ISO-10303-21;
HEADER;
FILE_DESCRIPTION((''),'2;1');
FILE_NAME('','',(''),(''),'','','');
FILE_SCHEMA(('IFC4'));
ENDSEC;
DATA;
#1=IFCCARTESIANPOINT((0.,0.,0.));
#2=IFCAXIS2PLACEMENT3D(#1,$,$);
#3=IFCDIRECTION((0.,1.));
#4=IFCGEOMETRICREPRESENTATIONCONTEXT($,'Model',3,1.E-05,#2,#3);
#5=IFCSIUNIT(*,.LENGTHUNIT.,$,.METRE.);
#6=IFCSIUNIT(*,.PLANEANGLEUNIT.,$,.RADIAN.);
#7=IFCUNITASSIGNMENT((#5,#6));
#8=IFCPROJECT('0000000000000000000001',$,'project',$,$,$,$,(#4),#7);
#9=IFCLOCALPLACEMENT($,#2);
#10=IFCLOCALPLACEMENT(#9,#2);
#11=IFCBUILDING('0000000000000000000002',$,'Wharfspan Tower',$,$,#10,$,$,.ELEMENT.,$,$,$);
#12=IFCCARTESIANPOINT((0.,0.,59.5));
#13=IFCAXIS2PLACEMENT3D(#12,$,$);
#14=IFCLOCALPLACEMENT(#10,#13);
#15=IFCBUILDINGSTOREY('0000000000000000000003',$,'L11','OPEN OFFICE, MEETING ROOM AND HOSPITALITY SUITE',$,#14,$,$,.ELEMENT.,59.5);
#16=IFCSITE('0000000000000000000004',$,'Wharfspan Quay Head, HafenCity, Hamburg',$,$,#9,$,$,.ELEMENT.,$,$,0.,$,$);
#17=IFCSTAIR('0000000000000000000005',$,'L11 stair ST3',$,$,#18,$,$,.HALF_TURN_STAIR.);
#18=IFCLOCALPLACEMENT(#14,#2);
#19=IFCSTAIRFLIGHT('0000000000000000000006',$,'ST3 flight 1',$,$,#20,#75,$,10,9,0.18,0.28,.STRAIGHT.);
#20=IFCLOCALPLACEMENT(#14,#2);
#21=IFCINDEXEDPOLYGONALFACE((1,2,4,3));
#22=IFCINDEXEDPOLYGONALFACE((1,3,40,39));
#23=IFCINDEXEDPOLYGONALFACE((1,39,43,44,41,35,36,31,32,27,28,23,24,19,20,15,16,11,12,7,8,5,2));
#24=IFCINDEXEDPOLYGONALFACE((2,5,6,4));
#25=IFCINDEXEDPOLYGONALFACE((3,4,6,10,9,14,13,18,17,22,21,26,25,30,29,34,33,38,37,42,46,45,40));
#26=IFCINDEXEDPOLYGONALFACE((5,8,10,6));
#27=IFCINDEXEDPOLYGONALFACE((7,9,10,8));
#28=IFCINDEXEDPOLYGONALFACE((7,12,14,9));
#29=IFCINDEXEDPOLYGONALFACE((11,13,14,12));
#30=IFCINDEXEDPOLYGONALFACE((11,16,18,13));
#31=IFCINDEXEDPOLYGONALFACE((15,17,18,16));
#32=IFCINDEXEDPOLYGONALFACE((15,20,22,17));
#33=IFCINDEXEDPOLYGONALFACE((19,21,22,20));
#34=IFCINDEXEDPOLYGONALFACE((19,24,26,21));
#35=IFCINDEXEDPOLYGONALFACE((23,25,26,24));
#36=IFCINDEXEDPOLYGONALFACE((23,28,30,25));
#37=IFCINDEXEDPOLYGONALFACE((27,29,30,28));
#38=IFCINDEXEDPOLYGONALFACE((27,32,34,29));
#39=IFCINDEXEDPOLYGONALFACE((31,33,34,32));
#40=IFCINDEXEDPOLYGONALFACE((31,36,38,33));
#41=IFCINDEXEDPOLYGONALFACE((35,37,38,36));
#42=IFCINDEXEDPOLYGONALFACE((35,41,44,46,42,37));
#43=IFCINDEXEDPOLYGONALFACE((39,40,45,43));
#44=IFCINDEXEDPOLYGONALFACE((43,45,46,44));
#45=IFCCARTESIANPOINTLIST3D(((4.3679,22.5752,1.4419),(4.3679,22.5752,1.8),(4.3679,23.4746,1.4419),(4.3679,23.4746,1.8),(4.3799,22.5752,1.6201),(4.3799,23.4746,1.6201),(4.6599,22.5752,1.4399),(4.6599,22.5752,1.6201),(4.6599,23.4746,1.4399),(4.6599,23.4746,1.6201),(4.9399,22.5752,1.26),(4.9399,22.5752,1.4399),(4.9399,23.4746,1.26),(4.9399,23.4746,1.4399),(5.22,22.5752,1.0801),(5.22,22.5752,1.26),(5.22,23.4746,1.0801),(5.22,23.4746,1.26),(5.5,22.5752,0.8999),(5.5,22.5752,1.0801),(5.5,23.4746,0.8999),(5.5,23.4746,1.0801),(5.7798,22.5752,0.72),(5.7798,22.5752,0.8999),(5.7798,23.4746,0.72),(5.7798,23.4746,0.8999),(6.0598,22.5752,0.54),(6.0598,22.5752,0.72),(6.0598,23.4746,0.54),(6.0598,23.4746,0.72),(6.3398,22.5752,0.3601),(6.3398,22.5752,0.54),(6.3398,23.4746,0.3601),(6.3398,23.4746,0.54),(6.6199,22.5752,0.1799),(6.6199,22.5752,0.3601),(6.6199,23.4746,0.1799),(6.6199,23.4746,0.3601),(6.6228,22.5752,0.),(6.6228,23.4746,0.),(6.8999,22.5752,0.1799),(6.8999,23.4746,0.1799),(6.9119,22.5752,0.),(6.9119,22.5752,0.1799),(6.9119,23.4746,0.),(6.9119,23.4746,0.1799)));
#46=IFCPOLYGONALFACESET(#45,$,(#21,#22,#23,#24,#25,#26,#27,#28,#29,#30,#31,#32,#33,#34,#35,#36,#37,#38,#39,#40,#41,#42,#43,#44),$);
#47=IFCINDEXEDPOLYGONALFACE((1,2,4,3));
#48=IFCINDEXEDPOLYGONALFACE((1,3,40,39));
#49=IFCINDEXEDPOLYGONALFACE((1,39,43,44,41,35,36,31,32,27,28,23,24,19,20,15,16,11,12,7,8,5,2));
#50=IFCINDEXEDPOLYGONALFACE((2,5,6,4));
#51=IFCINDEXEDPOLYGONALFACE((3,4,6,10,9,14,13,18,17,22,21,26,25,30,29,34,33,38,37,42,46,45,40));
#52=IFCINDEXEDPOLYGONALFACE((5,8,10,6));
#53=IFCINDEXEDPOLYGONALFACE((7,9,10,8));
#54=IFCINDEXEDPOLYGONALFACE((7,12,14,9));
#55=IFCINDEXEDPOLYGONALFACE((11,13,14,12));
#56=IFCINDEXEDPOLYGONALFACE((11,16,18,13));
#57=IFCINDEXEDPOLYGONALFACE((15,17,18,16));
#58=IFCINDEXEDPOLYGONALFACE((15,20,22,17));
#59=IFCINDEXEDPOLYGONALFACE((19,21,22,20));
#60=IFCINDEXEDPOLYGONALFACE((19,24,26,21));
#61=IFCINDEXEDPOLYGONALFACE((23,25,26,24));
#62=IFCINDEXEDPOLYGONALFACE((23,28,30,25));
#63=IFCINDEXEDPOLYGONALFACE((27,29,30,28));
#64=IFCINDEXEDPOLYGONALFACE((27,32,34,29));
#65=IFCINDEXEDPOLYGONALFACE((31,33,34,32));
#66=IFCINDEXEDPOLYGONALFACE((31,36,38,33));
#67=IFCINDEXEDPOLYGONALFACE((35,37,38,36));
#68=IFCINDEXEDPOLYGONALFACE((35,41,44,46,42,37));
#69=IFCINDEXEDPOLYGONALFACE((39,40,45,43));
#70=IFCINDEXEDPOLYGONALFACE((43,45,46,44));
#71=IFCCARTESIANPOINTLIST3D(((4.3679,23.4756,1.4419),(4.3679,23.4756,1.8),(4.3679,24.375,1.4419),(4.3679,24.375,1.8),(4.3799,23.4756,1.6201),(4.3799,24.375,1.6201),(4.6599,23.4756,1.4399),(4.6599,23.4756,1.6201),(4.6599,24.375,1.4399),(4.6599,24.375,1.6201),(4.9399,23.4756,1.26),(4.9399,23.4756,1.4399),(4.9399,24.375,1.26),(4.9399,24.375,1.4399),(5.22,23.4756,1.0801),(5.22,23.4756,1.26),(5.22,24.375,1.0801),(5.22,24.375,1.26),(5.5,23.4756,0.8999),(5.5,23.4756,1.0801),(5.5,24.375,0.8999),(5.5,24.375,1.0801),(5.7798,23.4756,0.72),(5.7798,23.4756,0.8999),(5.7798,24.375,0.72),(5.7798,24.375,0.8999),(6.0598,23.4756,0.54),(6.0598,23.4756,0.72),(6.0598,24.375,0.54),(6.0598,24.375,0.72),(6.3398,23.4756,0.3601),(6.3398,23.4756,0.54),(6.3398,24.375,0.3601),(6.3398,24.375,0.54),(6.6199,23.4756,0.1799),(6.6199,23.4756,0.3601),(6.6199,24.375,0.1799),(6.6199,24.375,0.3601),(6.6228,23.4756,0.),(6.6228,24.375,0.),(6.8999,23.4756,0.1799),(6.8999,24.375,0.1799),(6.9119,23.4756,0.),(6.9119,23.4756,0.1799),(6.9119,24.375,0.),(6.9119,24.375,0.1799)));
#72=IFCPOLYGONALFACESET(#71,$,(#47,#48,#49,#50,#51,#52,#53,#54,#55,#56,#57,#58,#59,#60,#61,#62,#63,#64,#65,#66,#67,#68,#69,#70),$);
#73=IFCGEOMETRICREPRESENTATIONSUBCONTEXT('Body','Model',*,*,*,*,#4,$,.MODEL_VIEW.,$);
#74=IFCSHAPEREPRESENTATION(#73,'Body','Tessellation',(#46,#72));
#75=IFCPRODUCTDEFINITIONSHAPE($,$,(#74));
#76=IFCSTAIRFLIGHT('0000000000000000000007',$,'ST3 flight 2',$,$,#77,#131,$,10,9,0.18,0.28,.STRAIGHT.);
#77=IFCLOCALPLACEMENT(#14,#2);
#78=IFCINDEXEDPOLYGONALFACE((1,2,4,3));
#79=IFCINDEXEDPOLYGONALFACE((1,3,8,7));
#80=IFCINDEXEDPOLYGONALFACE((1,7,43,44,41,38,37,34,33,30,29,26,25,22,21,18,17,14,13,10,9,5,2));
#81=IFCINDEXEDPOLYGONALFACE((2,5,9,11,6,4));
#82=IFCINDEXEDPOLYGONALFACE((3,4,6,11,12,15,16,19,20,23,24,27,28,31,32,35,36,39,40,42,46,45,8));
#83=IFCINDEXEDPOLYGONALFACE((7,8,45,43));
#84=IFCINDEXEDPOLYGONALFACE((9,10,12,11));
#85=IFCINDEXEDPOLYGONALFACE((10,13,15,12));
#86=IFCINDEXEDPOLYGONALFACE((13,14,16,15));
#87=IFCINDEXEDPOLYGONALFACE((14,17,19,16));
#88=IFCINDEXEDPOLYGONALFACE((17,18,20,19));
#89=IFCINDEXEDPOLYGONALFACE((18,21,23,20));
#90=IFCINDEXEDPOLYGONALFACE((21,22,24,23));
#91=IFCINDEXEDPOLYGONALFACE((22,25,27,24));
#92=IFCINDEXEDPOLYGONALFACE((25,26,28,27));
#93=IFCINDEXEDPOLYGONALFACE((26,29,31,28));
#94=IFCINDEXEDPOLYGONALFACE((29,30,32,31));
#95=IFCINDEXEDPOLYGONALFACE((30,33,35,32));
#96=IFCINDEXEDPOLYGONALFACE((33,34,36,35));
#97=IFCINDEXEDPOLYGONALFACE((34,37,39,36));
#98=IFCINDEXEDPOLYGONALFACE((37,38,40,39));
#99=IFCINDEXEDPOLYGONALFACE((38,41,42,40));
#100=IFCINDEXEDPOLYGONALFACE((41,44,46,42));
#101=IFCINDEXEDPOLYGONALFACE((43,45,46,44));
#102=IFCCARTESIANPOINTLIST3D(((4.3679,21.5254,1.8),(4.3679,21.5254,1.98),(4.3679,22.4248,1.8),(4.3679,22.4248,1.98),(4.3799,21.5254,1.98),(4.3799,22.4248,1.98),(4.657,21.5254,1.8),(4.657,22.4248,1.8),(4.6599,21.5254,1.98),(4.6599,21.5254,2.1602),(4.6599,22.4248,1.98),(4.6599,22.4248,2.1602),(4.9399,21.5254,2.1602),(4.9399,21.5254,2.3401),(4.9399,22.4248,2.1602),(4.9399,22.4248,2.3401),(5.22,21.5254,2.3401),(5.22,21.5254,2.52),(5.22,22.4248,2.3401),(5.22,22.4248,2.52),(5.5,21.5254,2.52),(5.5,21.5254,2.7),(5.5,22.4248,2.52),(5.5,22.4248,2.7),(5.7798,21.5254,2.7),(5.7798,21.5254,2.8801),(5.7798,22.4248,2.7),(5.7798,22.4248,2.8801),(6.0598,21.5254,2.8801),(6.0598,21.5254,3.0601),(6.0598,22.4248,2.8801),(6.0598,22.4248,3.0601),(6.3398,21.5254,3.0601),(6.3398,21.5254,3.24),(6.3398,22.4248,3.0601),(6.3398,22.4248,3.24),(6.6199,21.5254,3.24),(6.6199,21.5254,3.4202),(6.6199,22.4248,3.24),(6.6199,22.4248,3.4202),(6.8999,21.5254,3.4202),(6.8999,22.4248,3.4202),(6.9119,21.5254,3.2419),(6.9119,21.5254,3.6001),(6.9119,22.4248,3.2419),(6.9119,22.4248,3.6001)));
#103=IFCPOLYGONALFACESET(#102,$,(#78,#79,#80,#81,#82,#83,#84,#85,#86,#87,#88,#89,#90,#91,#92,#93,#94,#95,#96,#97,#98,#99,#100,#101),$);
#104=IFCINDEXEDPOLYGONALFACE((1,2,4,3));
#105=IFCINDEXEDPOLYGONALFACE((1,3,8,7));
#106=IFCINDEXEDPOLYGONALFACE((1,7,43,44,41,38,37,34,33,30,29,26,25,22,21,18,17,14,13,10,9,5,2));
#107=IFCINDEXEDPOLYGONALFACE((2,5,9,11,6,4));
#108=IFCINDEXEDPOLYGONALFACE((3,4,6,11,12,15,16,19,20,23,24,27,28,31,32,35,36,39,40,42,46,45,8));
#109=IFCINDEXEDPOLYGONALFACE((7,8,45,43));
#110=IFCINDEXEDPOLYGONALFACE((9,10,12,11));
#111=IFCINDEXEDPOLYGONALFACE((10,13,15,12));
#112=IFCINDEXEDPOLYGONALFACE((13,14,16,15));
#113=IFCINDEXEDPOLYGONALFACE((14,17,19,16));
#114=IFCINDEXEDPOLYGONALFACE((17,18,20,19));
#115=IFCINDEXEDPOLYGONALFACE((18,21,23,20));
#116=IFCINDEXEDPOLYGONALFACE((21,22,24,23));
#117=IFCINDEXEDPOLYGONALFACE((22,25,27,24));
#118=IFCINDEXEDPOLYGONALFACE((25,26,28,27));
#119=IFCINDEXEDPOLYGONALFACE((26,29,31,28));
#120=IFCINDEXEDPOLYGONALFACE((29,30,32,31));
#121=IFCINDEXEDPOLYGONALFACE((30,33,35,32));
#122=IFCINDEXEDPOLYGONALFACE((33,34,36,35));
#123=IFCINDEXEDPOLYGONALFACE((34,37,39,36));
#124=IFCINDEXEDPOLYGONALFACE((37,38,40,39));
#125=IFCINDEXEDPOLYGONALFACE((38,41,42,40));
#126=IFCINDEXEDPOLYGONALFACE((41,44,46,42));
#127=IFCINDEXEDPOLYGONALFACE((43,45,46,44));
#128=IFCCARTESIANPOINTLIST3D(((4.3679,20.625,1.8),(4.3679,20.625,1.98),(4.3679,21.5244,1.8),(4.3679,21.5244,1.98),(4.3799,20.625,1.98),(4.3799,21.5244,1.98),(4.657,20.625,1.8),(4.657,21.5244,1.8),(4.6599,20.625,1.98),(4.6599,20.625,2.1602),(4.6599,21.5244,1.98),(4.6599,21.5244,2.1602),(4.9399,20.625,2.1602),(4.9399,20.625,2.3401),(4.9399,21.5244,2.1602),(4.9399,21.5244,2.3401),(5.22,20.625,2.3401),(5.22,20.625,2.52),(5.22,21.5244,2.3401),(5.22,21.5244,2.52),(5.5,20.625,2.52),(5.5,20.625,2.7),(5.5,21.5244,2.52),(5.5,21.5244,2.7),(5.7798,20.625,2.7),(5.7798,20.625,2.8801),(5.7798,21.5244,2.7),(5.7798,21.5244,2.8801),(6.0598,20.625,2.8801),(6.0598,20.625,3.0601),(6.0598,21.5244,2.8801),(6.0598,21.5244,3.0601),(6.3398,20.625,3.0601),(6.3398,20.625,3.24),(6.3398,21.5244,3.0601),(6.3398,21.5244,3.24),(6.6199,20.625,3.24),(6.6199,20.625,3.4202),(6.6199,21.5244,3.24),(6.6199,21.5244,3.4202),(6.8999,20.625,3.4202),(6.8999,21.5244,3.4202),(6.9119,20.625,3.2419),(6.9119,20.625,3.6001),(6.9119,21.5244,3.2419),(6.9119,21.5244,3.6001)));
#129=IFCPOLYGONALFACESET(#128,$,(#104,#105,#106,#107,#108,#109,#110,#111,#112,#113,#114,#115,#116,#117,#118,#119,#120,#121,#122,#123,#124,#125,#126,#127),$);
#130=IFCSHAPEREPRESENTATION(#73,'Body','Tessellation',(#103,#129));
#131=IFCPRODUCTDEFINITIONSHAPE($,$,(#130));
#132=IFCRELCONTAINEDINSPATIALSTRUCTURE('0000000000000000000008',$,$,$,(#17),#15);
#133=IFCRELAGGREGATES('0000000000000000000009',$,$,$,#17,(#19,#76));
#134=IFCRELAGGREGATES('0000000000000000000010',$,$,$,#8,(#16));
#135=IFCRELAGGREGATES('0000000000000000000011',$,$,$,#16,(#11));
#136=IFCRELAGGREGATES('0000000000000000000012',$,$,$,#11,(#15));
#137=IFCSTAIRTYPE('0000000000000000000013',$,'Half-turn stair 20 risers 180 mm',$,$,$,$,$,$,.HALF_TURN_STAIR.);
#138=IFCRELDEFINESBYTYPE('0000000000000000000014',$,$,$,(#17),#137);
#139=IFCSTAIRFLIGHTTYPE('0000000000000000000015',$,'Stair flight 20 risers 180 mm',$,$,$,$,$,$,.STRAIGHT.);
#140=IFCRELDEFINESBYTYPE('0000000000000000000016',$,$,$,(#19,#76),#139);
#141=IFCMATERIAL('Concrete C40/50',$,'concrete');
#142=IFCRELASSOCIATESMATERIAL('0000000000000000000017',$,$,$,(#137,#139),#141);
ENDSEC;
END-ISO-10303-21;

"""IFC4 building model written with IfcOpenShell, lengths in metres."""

from ifc_helpers import new_model, si_unit, direction, frame, origin, place, context, subcontext, project, spatial, polyline, outline, extrude, material, type_object, element, aggregate, save


model = new_model("IFC4")

# Units and contexts
model_context = context("Model", 3, precision=1e-05, world=origin(), true_north=direction((0.0, 1.0)))
body_context = subcontext(model_context, "Body", "Model", "MODEL_VIEW")
ifc_project = project(units=[si_unit("LENGTHUNIT", "METRE"), si_unit("PLANEANGLEUNIT", "RADIAN")], contexts=[model_context])

# Site, building, storey
site_placement = place(None, origin())
site = spatial("IfcSite", under=ifc_project, at=site_placement, Name="Wharfspan Quay Head, HafenCity, Hamburg", CompositionType="ELEMENT", RefElevation=0.0)
building_placement = place(site_placement, origin())
building = spatial("IfcBuilding", under=site, at=building_placement, Name="Wharfspan Tower", CompositionType="ELEMENT")
storey_placement = place(building_placement, frame((0.0, 0.0, 59.5)))
storey = spatial("IfcBuildingStorey", under=building, at=storey_placement, Name="L11", Description="OPEN OFFICE, MEETING ROOM AND HOSPITALITY SUITE", CompositionType="ELEMENT", Elevation=59.5)

# Shared definitions
ifc_material_1 = material(Name="Concrete C40/50", Category="concrete")

# Stair, stair flights
stair_type = type_object("IfcStairType", Name="Half-turn stair 20 risers 180 mm", PredefinedType="HALF_TURN_STAIR", material=ifc_material_1)
stair_placement = place(storey_placement, origin())
stair = element("IfcStair", 1, at=stair_placement, inside=storey, type_object=stair_type, Name="L11 stair ST3", PredefinedType="HALF_TURN_STAIR")
stair_flight_type = type_object("IfcStairFlightType", Name="Stair flight 20 risers 180 mm", PredefinedType="STRAIGHT", material=ifc_material_1)
stair_flight_1_placement = place(storey_placement, frame((6.8999, 23.4751, 0.0), z_axis=(0.0, 0.0, 1.0), x_axis=(-1.0, 0.0, 0.0)))
stair_flight_1 = element("IfcStairFlight", 2, at=stair_flight_1_placement, type_object=stair_flight_type, Name="ST3 flight 1", NumberOfRisers=10, NumberOfTreads=9, PredefinedType="STRAIGHT", RiserHeight=0.18, TreadLength=0.28, context=body_context, shape_type="SweptSolid", body=[
    extrude(outline(polyline([(-0.012, 0.0), (-0.012, 0.1799), (0.0, 0.1799), (0.28, 0.1799), (0.28, 0.3601), (0.5601, 0.3601), (0.5601, 0.54), (0.8401, 0.54), (0.8401, 0.72), (1.1201, 0.72), (1.1201, 0.8999), (1.3999, 0.8999), (1.3999, 1.0801), (1.6799, 1.0801), (1.6799, 1.26), (1.96, 1.26), (1.96, 1.4399), (2.24, 1.4399), (2.24, 1.6201), (2.52, 1.6201), (2.532, 1.8), (2.532, 1.4419), (0.2771, 0.0), (-0.012, 0.0)])), frame((0.0, 0.8999, 0.0), z_axis=(0.0, -1.0, 0.0), x_axis=(1.0, 0.0, 0.0)), (0.0, 0.0, 1.0), 0.8994),
    extrude(outline(polyline([(-0.012, 0.0), (-0.012, 0.1799), (0.0, 0.1799), (0.28, 0.1799), (0.28, 0.3601), (0.5601, 0.3601), (0.5601, 0.54), (0.8401, 0.54), (0.8401, 0.72), (1.1201, 0.72), (1.1201, 0.8999), (1.3999, 0.8999), (1.3999, 1.0801), (1.6799, 1.0801), (1.6799, 1.26), (1.96, 1.26), (1.96, 1.4399), (2.24, 1.4399), (2.24, 1.6201), (2.52, 1.6201), (2.532, 1.8), (2.532, 1.4419), (0.2771, 0.0), (-0.012, 0.0)])), frame((0.0, -0.0005, 0.0), z_axis=(0.0, -1.0, 0.0), x_axis=(1.0, 0.0, 0.0)), (0.0, 0.0, 1.0), 0.8994),
])
stair_flight_2_placement = place(storey_placement, frame((4.3799, 21.5249, 1.8), z_axis=(0.0, 0.0, 1.0), x_axis=(1.0, 0.0, 0.0)))
stair_flight_2 = element("IfcStairFlight", 3, at=stair_flight_2_placement, type_object=stair_flight_type, Name="ST3 flight 2", NumberOfRisers=10, NumberOfTreads=9, PredefinedType="STRAIGHT", RiserHeight=0.18, TreadLength=0.28, context=body_context, shape_type="SweptSolid", body=[
    extrude(outline(polyline([(-0.012, 0.0), (-0.012, 0.1799), (0.0, 0.1799), (0.28, 0.1799), (0.28, 0.3601), (0.5601, 0.3601), (0.5601, 0.54), (0.8401, 0.54), (0.8401, 0.72), (1.1201, 0.72), (1.1201, 0.8999), (1.3999, 0.8999), (1.3999, 1.0801), (1.6799, 1.0801), (1.6799, 1.26), (1.96, 1.26), (1.96, 1.4399), (2.24, 1.4399), (2.24, 1.6201), (2.52, 1.6201), (2.532, 1.8), (2.532, 1.4419), (0.2771, 0.0), (-0.012, 0.0)])), frame((0.0, 0.8999, 0.0), z_axis=(0.0, -1.0, 0.0), x_axis=(1.0, 0.0, 0.0)), (0.0, 0.0, 1.0), 0.8994),
    extrude(outline(polyline([(-0.012, 0.0), (-0.012, 0.1799), (0.0, 0.1799), (0.28, 0.1799), (0.28, 0.3601), (0.5601, 0.3601), (0.5601, 0.54), (0.8401, 0.54), (0.8401, 0.72), (1.1201, 0.72), (1.1201, 0.8999), (1.3999, 0.8999), (1.3999, 1.0801), (1.6799, 1.0801), (1.6799, 1.26), (1.96, 1.26), (1.96, 1.4399), (2.24, 1.4399), (2.24, 1.6201), (2.52, 1.6201), (2.532, 1.8), (2.532, 1.4419), (0.2771, 0.0), (-0.012, 0.0)])), frame((0.0, -0.0005, 0.0), z_axis=(0.0, -1.0, 0.0), x_axis=(1.0, 0.0, 0.0)), (0.0, 0.0, 1.0), 0.8994),
])
aggregate(stair, [stair_flight_1, stair_flight_2])

save(model, "model.ifc")
